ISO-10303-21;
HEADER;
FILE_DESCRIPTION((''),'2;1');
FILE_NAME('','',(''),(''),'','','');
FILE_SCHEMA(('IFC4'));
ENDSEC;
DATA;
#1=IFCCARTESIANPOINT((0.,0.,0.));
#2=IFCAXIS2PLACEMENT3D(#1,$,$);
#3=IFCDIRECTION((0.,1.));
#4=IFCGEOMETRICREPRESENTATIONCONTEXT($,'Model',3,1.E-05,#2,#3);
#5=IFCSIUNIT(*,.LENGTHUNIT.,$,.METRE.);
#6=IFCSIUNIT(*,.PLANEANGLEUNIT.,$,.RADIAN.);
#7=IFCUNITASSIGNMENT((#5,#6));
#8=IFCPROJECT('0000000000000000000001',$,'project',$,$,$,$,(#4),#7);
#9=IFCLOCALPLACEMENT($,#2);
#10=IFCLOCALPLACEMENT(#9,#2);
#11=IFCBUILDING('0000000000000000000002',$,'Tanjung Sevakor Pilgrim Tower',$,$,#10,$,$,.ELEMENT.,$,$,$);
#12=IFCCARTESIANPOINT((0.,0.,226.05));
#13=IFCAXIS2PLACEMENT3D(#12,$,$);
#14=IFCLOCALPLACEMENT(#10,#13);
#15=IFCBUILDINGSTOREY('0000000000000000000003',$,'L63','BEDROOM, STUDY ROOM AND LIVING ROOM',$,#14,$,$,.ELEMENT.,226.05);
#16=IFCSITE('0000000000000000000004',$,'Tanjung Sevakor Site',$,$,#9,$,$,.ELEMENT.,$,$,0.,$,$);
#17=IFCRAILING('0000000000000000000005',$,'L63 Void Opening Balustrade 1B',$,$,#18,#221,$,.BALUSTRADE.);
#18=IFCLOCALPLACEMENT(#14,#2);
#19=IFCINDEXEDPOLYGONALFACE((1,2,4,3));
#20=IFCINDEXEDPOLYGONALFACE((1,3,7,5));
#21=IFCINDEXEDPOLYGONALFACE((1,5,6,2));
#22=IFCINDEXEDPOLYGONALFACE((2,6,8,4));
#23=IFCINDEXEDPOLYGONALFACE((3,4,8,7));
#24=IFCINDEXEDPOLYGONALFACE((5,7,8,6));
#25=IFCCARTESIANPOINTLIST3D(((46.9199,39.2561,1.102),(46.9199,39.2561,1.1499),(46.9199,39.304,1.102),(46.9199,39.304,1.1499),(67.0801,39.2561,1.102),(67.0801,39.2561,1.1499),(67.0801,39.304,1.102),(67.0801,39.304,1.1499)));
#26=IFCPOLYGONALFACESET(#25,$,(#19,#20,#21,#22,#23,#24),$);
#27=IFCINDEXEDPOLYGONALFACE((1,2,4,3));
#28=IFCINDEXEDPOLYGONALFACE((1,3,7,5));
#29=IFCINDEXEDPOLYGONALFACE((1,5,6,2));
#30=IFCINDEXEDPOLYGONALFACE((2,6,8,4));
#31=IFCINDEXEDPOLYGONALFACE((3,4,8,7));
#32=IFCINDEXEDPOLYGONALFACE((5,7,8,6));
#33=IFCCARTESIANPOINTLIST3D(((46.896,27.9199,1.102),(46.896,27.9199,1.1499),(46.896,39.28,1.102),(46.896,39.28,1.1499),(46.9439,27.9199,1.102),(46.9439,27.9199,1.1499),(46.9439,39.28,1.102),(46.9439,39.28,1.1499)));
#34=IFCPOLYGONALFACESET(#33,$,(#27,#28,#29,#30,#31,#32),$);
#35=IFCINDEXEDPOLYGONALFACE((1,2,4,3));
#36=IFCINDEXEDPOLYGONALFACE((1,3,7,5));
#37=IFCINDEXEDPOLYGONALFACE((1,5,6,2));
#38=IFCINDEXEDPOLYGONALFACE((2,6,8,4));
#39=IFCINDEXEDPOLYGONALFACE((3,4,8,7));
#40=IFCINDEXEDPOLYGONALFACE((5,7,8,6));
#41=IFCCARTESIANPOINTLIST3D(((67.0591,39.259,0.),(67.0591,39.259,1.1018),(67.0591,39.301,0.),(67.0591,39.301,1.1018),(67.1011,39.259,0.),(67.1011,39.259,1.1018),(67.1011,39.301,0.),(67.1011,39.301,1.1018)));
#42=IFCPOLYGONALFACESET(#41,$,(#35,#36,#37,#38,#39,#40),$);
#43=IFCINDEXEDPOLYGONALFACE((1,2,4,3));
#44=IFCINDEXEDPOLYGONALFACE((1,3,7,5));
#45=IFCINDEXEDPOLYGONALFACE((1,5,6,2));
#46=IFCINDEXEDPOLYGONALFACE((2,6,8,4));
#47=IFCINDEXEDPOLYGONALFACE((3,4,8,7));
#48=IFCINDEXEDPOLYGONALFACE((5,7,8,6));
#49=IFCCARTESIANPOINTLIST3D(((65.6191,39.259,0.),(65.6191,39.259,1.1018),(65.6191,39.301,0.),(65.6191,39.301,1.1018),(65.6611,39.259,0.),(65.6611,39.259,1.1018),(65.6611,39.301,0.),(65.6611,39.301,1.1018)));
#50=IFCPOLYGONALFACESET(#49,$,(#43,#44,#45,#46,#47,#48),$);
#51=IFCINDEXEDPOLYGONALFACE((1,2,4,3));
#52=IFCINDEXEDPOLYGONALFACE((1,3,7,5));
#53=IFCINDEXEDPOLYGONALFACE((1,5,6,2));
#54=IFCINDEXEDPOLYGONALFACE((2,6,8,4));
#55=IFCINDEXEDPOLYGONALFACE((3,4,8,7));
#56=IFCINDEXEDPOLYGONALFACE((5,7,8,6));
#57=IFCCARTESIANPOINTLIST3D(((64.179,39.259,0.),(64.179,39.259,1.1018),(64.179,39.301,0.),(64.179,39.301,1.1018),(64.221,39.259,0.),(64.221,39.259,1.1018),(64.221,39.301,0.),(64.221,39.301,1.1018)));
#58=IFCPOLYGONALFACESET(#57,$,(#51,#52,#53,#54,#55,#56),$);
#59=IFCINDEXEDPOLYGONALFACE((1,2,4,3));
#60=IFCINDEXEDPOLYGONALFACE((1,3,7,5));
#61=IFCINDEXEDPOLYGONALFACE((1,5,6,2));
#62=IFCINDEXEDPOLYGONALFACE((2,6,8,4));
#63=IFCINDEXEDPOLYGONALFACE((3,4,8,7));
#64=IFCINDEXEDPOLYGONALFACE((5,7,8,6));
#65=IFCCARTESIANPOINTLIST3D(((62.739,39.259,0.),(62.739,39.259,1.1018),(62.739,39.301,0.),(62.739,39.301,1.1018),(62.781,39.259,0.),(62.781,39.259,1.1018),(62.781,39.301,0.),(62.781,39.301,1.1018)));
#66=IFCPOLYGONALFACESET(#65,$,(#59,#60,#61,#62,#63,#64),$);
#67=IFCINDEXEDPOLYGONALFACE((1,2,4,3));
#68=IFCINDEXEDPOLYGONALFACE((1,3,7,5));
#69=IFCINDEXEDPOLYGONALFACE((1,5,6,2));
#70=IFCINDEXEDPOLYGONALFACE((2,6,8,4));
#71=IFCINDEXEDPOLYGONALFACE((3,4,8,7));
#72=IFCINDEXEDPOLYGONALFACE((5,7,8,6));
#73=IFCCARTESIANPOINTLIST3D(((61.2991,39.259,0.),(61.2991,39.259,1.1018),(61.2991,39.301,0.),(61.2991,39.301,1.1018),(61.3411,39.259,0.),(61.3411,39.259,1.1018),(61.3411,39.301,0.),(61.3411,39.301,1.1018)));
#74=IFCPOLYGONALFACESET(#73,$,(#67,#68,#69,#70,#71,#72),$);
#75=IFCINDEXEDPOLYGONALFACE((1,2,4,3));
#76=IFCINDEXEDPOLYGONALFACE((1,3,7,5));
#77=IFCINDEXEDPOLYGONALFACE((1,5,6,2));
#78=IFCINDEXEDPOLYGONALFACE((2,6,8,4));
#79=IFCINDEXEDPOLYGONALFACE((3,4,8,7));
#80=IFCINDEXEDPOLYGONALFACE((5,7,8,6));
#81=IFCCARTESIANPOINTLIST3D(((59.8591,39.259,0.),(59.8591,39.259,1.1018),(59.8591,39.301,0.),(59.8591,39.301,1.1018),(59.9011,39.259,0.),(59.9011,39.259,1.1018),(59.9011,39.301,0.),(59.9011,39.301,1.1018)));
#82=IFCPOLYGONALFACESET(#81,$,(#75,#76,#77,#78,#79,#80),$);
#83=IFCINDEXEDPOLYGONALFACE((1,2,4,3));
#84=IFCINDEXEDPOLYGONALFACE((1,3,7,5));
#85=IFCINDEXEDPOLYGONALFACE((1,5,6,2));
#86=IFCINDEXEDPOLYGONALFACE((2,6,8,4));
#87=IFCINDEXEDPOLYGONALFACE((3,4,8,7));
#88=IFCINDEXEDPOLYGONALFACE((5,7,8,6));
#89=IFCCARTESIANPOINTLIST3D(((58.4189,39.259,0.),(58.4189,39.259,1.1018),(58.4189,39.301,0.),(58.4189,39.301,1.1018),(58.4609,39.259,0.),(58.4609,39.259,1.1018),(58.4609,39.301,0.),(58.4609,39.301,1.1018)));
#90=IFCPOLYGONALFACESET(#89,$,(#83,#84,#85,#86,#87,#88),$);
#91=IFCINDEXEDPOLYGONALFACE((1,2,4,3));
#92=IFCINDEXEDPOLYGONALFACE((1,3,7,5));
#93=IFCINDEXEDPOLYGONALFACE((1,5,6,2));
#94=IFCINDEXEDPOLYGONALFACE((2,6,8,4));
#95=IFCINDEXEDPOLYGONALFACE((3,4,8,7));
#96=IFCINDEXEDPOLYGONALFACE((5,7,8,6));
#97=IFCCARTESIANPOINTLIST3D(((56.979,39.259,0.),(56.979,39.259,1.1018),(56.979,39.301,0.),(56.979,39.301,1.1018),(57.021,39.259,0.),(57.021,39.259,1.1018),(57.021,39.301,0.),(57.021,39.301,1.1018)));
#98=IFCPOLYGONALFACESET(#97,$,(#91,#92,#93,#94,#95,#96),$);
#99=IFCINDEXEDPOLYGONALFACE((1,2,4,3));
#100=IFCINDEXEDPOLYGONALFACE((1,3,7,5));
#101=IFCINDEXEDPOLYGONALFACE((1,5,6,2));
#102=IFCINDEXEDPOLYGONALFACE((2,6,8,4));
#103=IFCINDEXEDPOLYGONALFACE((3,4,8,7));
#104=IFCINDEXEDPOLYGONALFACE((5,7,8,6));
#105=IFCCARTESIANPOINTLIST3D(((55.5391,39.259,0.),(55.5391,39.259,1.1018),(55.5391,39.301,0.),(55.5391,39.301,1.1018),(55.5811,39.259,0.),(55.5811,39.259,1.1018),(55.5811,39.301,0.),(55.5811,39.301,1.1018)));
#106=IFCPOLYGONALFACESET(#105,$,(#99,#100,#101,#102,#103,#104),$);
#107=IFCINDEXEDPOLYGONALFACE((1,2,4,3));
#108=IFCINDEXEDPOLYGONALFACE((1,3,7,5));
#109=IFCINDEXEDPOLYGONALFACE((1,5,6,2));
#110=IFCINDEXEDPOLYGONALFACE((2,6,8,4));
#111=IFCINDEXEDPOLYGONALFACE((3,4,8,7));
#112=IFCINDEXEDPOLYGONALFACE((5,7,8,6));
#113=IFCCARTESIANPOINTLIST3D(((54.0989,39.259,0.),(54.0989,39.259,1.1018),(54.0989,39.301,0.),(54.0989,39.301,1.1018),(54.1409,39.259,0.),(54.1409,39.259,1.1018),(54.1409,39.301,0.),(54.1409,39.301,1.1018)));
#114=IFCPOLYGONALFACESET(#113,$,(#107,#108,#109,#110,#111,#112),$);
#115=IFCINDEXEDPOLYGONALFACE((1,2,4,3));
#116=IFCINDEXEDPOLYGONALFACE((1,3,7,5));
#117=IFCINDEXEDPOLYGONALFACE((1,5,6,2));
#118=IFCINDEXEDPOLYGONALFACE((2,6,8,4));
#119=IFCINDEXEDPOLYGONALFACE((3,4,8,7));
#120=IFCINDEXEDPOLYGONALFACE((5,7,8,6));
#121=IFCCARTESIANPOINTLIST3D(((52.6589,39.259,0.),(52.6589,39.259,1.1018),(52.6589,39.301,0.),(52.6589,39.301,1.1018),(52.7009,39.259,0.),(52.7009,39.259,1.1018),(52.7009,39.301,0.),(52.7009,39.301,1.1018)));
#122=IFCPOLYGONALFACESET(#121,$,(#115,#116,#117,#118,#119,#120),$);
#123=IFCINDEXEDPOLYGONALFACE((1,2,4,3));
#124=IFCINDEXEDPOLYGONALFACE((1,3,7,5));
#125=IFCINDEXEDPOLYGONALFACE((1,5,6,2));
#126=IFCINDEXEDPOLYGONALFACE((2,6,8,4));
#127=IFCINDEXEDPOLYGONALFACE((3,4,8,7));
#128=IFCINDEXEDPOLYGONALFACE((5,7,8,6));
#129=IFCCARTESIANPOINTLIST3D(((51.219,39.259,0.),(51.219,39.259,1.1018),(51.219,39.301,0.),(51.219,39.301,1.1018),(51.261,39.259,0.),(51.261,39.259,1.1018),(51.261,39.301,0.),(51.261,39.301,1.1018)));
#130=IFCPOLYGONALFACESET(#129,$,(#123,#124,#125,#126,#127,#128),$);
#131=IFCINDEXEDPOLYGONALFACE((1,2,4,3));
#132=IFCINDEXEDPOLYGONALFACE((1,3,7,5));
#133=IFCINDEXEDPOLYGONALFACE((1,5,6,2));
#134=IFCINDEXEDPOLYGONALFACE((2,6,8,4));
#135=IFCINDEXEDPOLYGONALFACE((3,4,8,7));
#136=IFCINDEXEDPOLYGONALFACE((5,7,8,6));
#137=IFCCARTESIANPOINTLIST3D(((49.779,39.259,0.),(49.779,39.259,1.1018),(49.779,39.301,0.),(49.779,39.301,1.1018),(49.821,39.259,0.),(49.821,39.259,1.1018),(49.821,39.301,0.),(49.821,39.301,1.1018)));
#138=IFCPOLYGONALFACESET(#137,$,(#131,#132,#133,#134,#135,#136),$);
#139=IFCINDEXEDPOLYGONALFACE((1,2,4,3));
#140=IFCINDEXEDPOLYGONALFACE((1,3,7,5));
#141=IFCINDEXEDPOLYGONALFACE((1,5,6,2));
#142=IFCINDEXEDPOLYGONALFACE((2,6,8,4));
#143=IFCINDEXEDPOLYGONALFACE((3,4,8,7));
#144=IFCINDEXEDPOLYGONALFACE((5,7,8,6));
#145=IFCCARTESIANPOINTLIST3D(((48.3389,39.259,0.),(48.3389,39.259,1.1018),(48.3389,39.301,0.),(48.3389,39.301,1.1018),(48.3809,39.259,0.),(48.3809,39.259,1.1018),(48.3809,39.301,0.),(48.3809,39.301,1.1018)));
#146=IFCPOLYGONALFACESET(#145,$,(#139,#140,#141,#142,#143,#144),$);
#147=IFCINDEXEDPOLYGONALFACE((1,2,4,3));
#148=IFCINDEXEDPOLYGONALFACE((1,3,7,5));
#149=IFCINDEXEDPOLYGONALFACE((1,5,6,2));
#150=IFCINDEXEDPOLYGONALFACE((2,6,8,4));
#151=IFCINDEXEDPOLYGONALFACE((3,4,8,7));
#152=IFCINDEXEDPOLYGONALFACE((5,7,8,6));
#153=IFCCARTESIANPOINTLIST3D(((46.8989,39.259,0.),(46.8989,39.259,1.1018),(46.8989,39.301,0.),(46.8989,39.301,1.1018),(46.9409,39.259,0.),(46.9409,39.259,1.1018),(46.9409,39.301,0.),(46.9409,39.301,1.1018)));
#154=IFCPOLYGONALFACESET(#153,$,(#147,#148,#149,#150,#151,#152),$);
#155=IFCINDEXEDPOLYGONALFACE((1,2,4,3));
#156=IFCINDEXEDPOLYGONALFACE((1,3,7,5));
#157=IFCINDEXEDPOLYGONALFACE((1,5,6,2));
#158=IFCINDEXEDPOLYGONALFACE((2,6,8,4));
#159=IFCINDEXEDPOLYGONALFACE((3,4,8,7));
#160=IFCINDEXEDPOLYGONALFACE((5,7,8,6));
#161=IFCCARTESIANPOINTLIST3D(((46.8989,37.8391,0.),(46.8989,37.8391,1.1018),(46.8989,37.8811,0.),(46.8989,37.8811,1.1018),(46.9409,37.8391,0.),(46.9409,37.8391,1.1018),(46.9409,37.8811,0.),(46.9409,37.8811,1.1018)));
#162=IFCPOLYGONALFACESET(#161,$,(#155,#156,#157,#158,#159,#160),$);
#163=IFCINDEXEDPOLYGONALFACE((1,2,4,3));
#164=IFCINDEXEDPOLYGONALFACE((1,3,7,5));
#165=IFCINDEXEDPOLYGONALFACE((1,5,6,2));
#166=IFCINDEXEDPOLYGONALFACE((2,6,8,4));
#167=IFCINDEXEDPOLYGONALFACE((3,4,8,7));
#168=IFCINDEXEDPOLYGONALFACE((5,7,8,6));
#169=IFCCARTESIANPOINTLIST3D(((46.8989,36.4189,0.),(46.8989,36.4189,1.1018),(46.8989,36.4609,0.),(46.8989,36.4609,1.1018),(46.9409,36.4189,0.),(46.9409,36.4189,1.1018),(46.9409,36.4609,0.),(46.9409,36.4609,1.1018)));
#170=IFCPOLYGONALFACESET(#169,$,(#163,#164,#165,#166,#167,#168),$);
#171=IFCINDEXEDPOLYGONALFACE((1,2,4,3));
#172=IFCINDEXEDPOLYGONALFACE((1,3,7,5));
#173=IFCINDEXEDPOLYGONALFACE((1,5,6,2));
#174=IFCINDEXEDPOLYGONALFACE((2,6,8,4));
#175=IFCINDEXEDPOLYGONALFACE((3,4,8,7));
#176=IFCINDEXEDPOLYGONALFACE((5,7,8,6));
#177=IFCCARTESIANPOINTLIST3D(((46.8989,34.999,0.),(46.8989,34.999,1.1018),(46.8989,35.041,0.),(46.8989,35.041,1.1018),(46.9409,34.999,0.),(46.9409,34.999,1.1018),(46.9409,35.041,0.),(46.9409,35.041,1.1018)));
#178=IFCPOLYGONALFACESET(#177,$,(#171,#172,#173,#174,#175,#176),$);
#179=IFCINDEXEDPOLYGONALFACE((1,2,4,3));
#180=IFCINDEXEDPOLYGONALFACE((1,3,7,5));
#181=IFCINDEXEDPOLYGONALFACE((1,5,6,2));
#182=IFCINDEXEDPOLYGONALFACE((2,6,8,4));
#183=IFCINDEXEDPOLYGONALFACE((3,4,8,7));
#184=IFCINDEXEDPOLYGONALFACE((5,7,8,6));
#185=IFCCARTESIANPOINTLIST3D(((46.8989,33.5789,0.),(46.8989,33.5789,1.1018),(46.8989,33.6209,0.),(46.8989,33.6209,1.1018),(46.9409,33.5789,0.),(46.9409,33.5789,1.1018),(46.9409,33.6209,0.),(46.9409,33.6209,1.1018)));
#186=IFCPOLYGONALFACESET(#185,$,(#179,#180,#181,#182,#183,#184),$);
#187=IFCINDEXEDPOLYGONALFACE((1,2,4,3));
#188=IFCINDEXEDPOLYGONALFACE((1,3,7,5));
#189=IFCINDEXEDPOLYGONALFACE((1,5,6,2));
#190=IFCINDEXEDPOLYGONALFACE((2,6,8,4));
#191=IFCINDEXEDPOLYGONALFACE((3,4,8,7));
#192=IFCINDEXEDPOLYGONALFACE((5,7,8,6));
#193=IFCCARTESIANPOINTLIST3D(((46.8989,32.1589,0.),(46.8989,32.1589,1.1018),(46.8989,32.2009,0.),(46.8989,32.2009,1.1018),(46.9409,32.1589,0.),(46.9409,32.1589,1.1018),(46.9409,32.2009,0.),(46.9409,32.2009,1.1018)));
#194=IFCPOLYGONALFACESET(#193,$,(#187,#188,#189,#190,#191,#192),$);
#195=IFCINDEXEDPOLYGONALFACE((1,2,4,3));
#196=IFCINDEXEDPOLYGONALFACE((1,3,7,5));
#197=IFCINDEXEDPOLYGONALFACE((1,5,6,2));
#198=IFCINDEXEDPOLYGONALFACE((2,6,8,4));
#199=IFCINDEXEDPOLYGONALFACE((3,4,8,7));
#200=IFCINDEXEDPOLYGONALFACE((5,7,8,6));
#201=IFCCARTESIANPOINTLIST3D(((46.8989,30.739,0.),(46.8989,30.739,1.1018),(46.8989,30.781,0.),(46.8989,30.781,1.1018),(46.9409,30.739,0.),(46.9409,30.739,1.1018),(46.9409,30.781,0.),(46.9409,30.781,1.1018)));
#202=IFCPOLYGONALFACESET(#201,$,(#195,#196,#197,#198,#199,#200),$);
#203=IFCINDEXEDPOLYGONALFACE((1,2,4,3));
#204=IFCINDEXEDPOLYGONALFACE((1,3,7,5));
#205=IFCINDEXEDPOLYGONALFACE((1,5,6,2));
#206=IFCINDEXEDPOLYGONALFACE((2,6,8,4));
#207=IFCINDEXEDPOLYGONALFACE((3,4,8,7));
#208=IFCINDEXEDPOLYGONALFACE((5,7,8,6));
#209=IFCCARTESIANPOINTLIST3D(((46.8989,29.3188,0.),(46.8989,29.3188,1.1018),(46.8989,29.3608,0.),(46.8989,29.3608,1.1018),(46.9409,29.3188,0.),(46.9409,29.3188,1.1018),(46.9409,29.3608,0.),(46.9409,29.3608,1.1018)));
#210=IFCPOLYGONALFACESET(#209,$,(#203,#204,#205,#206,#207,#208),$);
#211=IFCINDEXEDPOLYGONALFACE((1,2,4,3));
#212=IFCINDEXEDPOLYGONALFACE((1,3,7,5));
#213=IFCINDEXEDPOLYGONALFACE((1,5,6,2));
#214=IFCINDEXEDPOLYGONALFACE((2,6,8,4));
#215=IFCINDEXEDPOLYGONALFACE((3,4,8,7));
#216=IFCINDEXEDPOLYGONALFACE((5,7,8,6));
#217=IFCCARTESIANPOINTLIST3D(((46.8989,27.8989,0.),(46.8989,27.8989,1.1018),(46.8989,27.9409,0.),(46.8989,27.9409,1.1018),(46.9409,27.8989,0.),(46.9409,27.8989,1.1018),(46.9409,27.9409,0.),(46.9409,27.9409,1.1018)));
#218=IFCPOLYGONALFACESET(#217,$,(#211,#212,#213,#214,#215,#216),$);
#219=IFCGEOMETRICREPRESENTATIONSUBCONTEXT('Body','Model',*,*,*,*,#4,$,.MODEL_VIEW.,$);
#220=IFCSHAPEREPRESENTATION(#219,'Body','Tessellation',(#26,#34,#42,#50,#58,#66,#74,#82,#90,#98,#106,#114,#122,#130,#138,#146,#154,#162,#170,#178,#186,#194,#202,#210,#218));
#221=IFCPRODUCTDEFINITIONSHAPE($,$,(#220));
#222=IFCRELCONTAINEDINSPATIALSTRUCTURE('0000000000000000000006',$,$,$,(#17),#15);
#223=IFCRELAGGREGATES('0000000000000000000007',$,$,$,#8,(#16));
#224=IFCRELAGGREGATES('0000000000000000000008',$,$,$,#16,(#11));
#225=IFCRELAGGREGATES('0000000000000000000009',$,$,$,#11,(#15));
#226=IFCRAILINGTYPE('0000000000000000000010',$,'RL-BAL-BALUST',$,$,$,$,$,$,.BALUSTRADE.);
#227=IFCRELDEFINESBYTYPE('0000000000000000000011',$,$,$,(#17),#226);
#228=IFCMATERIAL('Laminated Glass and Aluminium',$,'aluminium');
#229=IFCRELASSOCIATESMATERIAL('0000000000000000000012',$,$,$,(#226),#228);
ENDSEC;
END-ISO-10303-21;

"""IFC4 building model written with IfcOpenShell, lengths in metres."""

from ifc_helpers import new_model, si_unit, direction, frame, origin, place, context, subcontext, project, spatial, rectangle, extrude, material, type_object, element, save


model = new_model("IFC4")

# Units and contexts
model_context = context("Model", 3, precision=1e-05, world=origin(), true_north=direction((0.0, 1.0)))
body_context = subcontext(model_context, "Body", "Model", "MODEL_VIEW")
ifc_project = project(units=[si_unit("LENGTHUNIT", "METRE"), si_unit("PLANEANGLEUNIT", "RADIAN")], contexts=[model_context])

# Site, building, storey
site_placement = place(None, origin())
site = spatial("IfcSite", under=ifc_project, at=site_placement, Name="Tanjung Sevakor Site", CompositionType="ELEMENT", RefElevation=0.0)
building_placement = place(site_placement, origin())
building = spatial("IfcBuilding", under=site, at=building_placement, Name="Tanjung Sevakor Pilgrim Tower", CompositionType="ELEMENT")
storey_placement = place(building_placement, frame((0.0, 0.0, 226.05)))
storey = spatial("IfcBuildingStorey", under=building, at=storey_placement, Name="L63", Description="BEDROOM, STUDY ROOM AND LIVING ROOM", CompositionType="ELEMENT", Elevation=226.05)

# Railing
ifc_material_1 = material(Name="Laminated Glass and Aluminium", Category="aluminium")
railing_type = type_object("IfcRailingType", Name="RL-BAL-BALUST", PredefinedType="BALUSTRADE", material=ifc_material_1)
railing_1_placement = place(storey_placement, frame((67.0801, 39.28, 0.0)))
element("IfcRailing", 1, at=railing_1_placement, inside=storey, type_object=railing_type, Name="L63 Void Opening Balustrade 1B", PredefinedType="BALUSTRADE", context=body_context, shape_type="SweptSolid", body=[
    extrude(rectangle(XDim=0.0479, YDim=0.0479), frame((0.0, 0.0, 1.126), z_axis=(-1.0, 0.0, 0.0), x_axis=(0.0, -1.0, 0.0)), (0.0, 0.0, 1.0), 20.1602),
    extrude(rectangle(XDim=0.0479, YDim=0.0479), frame((-20.1602, 0.0, 1.126), z_axis=(0.0, -1.0, 0.0), x_axis=(1.0, 0.0, 0.0)), (0.0, 0.0, 1.0), 11.3601),
    extrude(rectangle(XDim=0.042, YDim=0.042), origin(), (0.0, 0.0, 1.0), 1.1018),
    extrude(rectangle(XDim=0.042, YDim=0.042), frame((-1.4399, 0.0, 0.0)), (0.0, 0.0, 1.0), 1.1018),
    extrude(rectangle(XDim=0.042, YDim=0.042), frame((-2.8801, 0.0, 0.0)), (0.0, 0.0, 1.0), 1.1018),
    extrude(rectangle(XDim=0.042, YDim=0.042), frame((-4.3201, 0.0, 0.0)), (0.0, 0.0, 1.0), 1.1018),
    extrude(rectangle(XDim=0.042, YDim=0.042), frame((-5.76, 0.0, 0.0)), (0.0, 0.0, 1.0), 1.1018),
    extrude(rectangle(XDim=0.042, YDim=0.042), frame((-7.2, 0.0, 0.0)), (0.0, 0.0, 1.0), 1.1018),
    extrude(rectangle(XDim=0.042, YDim=0.042), frame((-8.6401, 0.0, 0.0)), (0.0, 0.0, 1.0), 1.1018),
    extrude(rectangle(XDim=0.042, YDim=0.042), frame((-10.0801, 0.0, 0.0)), (0.0, 0.0, 1.0), 1.1018),
    extrude(rectangle(XDim=0.042, YDim=0.042), frame((-11.52, 0.0, 0.0)), (0.0, 0.0, 1.0), 1.1018),
    extrude(rectangle(XDim=0.042, YDim=0.042), frame((-12.9602, 0.0, 0.0)), (0.0, 0.0, 1.0), 1.1018),
    extrude(rectangle(XDim=0.042, YDim=0.042), frame((-14.4001, 0.0, 0.0)), (0.0, 0.0, 1.0), 1.1018),
    extrude(rectangle(XDim=0.042, YDim=0.042), frame((-15.8401, 0.0, 0.0)), (0.0, 0.0, 1.0), 1.1018),
    extrude(rectangle(XDim=0.042, YDim=0.042), frame((-17.28, 0.0, 0.0)), (0.0, 0.0, 1.0), 1.1018),
    extrude(rectangle(XDim=0.042, YDim=0.042), frame((-18.7202, 0.0, 0.0)), (0.0, 0.0, 1.0), 1.1018),
    extrude(rectangle(XDim=0.042, YDim=0.042), frame((-20.1602, 0.0, 0.0)), (0.0, 0.0, 1.0), 1.1018),
    extrude(rectangle(XDim=0.042, YDim=0.042), frame((-20.1602, -1.4199, 0.0)), (0.0, 0.0, 1.0), 1.1018),
    extrude(rectangle(XDim=0.042, YDim=0.042), frame((-20.1602, -2.8401, 0.0)), (0.0, 0.0, 1.0), 1.1018),
    extrude(rectangle(XDim=0.042, YDim=0.042), frame((-20.1602, -4.26, 0.0)), (0.0, 0.0, 1.0), 1.1018),
    extrude(rectangle(XDim=0.042, YDim=0.042), frame((-20.1602, -5.6802, 0.0)), (0.0, 0.0, 1.0), 1.1018),
    extrude(rectangle(XDim=0.042, YDim=0.042), frame((-20.1602, -7.1001, 0.0)), (0.0, 0.0, 1.0), 1.1018),
    extrude(rectangle(XDim=0.042, YDim=0.042), frame((-20.1602, -8.52, 0.0)), (0.0, 0.0, 1.0), 1.1018),
    extrude(rectangle(XDim=0.042, YDim=0.042), frame((-20.1602, -9.9402, 0.0)), (0.0, 0.0, 1.0), 1.1018),
    extrude(rectangle(XDim=0.042, YDim=0.042), frame((-20.1602, -11.3601, 0.0)), (0.0, 0.0, 1.0), 1.1018),
])

save(model, "model.ifc")
